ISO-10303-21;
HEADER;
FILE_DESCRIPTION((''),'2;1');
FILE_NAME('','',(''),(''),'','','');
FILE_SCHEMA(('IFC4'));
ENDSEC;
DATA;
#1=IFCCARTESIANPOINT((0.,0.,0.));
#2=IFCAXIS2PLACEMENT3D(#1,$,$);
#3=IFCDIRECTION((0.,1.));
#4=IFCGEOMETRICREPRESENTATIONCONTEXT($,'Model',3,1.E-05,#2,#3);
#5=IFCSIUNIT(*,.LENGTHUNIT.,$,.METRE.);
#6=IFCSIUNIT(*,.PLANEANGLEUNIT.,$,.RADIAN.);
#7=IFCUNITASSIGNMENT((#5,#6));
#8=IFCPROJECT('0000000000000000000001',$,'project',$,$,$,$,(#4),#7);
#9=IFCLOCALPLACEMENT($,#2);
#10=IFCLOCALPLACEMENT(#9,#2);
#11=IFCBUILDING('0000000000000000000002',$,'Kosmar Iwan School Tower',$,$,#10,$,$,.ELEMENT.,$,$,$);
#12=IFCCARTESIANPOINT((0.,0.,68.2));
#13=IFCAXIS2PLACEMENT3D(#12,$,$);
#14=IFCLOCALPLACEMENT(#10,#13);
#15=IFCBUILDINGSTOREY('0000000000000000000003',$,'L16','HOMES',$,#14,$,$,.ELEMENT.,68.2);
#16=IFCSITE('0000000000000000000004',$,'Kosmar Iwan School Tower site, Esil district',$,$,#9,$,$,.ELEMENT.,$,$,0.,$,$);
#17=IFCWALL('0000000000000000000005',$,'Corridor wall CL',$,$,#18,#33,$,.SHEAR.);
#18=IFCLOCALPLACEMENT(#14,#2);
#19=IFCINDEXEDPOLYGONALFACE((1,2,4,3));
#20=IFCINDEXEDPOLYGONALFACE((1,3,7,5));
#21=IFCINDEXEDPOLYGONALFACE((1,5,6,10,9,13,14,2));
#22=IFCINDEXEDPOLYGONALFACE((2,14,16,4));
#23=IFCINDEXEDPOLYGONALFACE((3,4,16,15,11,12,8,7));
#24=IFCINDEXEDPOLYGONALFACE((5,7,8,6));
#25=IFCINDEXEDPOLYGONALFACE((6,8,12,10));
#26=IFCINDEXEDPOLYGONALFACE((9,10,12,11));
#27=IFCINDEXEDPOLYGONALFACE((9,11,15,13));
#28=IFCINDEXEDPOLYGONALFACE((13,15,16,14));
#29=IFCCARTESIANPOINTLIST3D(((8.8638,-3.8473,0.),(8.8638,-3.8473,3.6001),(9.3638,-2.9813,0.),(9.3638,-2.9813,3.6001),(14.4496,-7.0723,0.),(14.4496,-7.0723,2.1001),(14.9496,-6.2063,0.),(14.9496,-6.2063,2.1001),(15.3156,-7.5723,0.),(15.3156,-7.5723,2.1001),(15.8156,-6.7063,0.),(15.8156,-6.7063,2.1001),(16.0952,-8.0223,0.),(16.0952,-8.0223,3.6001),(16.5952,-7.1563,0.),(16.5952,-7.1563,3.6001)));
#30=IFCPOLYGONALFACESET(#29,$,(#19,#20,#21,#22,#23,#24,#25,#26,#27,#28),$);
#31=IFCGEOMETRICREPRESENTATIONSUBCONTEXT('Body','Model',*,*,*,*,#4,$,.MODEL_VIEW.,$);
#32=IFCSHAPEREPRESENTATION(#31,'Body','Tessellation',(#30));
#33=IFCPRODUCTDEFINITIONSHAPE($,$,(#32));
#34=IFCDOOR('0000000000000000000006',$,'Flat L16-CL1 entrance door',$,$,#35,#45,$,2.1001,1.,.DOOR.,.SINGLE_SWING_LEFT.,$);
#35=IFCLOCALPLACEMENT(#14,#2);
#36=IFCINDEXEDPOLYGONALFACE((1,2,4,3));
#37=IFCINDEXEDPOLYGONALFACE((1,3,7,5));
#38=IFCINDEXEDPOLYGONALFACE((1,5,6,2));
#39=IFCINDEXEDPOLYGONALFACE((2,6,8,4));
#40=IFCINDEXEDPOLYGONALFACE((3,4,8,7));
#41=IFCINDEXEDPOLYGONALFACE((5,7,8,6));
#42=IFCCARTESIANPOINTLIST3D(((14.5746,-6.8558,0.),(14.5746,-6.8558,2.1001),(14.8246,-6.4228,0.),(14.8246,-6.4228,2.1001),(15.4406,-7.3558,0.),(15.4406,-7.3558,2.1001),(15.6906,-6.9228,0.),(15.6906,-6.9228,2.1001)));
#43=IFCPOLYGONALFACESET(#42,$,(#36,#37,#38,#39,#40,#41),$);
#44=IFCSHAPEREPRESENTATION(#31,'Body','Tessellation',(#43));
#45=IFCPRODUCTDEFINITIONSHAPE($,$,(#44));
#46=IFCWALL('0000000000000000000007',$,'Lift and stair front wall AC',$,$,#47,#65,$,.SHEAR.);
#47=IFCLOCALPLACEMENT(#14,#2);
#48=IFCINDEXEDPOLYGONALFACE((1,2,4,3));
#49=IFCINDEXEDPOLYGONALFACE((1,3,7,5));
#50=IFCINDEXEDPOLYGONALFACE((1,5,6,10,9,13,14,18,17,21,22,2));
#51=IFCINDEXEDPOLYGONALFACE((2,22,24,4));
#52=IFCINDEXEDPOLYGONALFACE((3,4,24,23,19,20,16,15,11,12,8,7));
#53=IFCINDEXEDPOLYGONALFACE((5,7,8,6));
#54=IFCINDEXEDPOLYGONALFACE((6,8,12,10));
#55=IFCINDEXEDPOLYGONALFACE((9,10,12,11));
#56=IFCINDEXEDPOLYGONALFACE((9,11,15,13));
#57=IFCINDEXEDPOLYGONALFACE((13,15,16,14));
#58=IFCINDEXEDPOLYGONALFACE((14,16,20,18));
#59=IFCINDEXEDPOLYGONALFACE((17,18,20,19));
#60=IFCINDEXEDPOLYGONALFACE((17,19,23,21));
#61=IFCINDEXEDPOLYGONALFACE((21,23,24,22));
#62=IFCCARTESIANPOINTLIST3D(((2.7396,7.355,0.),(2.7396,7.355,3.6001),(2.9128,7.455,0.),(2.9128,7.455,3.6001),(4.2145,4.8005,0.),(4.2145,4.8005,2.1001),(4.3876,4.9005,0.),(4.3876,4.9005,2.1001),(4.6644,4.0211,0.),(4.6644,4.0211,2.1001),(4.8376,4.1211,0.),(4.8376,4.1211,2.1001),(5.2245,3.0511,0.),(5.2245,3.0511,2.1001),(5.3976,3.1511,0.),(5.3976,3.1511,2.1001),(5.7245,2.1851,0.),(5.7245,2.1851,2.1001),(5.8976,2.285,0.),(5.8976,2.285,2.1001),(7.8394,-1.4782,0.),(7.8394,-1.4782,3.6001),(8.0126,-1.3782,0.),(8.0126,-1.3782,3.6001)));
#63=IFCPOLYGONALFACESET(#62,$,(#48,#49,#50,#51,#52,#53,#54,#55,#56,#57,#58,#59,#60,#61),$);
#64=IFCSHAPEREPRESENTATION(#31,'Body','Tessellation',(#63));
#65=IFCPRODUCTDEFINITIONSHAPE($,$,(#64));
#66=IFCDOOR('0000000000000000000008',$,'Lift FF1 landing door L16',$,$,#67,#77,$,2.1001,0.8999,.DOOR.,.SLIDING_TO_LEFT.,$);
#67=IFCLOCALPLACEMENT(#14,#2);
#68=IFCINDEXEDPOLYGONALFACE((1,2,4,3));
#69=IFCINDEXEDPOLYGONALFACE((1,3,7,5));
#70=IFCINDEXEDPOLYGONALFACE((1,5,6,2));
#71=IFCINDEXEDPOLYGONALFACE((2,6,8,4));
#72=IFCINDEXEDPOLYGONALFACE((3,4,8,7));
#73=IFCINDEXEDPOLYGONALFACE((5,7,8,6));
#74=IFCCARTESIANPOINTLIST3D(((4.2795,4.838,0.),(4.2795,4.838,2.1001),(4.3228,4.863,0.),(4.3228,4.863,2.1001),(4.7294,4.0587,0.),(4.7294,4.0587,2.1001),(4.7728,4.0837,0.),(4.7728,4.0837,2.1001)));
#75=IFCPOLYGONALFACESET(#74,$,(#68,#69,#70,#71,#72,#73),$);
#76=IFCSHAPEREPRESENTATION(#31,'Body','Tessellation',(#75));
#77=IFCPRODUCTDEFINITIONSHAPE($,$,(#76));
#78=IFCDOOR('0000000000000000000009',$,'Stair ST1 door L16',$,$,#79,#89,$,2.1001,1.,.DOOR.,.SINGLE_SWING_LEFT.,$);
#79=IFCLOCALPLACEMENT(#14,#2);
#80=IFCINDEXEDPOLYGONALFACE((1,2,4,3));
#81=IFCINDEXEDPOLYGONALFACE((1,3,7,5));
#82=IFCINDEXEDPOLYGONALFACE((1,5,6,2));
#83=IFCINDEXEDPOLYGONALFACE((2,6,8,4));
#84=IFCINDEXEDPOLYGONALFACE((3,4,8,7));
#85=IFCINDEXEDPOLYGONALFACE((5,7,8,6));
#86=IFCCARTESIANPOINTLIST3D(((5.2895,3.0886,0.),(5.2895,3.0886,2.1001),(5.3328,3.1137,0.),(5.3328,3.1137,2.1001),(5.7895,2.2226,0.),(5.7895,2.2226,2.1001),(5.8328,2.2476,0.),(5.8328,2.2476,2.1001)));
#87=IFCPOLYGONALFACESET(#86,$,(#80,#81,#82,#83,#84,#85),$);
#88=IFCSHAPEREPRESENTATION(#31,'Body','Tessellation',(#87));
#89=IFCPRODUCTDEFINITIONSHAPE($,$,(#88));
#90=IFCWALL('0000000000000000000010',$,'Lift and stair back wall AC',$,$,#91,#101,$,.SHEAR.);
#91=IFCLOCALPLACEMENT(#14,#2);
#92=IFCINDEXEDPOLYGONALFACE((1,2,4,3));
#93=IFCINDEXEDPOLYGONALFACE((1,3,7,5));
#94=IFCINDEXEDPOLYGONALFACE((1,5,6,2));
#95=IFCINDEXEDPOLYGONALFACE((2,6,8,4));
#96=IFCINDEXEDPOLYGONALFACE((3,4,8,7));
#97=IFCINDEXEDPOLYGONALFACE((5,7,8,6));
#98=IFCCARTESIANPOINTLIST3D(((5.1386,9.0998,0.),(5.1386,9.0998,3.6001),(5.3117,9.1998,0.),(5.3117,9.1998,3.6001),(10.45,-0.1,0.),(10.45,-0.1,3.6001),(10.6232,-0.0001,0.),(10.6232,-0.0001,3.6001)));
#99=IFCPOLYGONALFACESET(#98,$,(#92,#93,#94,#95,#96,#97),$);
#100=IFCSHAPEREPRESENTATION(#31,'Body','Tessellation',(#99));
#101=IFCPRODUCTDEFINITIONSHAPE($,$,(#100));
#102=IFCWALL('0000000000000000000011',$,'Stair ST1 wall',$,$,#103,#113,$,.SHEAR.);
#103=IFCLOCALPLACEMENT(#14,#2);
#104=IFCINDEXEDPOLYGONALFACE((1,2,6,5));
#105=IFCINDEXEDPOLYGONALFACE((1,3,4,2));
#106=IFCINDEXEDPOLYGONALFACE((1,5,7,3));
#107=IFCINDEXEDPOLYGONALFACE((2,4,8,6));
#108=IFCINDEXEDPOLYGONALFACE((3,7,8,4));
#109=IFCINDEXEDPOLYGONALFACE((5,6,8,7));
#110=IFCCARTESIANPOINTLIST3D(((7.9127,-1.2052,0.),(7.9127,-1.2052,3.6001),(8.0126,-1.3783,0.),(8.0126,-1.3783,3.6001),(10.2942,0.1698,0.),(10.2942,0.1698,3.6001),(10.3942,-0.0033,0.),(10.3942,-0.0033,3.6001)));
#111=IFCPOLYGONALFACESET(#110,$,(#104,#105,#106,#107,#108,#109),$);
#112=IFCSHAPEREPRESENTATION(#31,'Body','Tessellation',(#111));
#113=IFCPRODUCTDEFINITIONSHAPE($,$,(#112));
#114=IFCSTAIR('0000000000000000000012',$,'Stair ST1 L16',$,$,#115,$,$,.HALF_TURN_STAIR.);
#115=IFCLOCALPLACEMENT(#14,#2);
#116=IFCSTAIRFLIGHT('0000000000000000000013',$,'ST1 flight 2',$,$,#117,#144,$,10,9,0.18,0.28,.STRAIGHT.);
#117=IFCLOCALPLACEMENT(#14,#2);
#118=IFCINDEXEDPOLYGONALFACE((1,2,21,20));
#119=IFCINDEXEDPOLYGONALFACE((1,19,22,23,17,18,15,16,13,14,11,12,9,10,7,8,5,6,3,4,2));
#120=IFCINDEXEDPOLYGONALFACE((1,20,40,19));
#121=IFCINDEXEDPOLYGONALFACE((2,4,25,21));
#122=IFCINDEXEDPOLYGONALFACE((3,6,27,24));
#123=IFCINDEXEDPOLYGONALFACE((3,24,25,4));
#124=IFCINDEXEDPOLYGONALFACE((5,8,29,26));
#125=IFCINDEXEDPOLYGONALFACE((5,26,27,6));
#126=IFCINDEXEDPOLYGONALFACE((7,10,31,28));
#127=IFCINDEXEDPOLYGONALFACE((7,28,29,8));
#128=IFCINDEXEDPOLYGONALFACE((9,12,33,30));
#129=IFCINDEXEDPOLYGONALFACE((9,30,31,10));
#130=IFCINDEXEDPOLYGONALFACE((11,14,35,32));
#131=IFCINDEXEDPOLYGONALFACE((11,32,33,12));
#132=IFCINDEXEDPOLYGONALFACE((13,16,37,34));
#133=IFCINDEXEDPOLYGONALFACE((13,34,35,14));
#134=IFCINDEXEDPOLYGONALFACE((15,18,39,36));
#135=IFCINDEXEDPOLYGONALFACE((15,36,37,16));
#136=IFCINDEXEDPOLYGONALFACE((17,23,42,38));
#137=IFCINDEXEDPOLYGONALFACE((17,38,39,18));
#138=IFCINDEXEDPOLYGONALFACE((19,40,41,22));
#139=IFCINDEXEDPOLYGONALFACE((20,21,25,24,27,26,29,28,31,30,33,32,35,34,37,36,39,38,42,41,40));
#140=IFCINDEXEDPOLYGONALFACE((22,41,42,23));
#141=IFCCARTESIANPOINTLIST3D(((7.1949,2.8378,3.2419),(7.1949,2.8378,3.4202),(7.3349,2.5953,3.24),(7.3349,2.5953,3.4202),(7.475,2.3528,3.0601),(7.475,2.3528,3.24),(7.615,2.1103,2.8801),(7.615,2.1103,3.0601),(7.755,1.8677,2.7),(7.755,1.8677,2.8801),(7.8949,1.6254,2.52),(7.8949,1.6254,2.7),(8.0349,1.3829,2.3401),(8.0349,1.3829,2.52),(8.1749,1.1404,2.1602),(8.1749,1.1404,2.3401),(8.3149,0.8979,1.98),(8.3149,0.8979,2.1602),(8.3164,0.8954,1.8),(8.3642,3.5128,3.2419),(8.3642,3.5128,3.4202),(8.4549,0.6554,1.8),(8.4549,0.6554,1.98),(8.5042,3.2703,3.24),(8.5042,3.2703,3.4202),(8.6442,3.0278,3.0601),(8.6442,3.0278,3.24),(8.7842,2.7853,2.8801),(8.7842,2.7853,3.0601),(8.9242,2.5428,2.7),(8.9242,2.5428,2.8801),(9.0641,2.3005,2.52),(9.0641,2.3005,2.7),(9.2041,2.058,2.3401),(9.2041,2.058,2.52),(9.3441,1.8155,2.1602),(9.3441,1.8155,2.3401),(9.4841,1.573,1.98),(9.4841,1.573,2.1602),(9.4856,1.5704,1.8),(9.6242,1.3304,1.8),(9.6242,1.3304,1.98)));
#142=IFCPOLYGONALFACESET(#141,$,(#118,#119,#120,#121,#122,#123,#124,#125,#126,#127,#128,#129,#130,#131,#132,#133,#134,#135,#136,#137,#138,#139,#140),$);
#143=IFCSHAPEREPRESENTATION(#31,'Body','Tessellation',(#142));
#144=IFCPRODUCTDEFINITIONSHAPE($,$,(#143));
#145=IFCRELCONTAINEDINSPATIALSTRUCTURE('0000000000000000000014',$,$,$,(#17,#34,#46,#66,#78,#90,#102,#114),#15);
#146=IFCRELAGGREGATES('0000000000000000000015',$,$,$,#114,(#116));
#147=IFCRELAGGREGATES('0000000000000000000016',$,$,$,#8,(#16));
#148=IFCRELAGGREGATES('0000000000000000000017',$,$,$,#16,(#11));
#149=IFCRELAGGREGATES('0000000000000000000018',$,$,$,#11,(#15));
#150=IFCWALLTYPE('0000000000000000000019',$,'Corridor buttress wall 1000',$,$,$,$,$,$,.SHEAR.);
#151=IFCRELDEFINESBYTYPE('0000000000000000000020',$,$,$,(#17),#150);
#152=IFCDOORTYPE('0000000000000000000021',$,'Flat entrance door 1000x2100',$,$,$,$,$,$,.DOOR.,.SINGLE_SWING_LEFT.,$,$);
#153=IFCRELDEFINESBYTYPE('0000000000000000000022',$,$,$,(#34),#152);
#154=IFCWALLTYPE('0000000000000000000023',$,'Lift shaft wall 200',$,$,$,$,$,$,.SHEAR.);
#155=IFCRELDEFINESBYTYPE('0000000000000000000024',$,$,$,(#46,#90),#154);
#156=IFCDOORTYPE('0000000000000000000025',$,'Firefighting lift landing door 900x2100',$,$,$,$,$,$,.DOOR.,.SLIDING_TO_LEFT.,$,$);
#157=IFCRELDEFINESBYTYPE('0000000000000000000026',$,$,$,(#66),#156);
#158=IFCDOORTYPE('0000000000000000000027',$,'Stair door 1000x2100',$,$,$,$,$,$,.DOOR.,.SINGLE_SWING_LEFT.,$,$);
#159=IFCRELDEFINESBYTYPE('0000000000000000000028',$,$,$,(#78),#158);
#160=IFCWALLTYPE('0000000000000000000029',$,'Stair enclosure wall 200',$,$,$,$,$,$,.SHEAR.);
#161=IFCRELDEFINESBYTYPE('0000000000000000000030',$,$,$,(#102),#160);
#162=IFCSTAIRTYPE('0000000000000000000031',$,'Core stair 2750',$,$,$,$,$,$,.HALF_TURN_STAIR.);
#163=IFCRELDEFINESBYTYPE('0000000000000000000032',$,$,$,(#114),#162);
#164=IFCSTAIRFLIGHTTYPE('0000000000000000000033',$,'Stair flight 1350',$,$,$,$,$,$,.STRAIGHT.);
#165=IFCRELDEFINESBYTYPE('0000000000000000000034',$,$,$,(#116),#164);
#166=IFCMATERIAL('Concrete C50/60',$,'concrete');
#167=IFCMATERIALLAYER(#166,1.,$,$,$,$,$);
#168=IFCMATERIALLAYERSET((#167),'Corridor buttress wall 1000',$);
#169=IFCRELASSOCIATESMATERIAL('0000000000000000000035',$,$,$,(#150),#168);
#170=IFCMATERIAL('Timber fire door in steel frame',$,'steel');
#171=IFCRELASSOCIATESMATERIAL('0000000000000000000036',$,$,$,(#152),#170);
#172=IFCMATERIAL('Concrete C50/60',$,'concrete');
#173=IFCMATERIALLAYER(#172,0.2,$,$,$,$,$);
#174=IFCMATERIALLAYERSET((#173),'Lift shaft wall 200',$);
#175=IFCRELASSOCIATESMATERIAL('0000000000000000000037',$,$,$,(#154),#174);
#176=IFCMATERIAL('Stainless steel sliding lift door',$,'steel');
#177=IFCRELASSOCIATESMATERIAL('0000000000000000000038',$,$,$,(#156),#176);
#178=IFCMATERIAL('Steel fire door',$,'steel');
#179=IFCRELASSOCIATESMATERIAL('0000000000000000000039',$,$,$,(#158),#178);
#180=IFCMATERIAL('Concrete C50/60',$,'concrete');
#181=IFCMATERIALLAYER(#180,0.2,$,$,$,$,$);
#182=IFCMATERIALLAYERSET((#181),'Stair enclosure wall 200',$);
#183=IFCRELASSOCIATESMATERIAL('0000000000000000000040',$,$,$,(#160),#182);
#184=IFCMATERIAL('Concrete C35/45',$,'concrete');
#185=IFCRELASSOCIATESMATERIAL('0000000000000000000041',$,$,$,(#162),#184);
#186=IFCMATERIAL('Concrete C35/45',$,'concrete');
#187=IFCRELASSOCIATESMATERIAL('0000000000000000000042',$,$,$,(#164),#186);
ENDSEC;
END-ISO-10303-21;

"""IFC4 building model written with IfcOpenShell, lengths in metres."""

from ifc_helpers import new_model, si_unit, direction, frame, frame_2d, origin, place, context, subcontext, project, spatial, polyline, rectangle, outline, extrude, material, layer, layer_set, type_object, element, fill, aggregate, save


model = new_model("IFC4")

# Units and contexts
model_context = context("Model", 3, precision=1e-05, world=origin(), true_north=direction((0.0, 1.0)))
body_context = subcontext(model_context, "Body", "Model", "MODEL_VIEW")
ifc_project = project(units=[si_unit("LENGTHUNIT", "METRE"), si_unit("PLANEANGLEUNIT", "RADIAN")], contexts=[model_context])

# Site, building, storey
site_placement = place(None, origin())
site = spatial("IfcSite", under=ifc_project, at=site_placement, Name="Kosmar Iwan School Tower site, Esil district", CompositionType="ELEMENT", RefElevation=0.0)
building_placement = place(site_placement, origin())
building = spatial("IfcBuilding", under=site, at=building_placement, Name="Kosmar Iwan School Tower", CompositionType="ELEMENT")
storey_placement = place(building_placement, frame((0.0, 0.0, 68.2)))
storey = spatial("IfcBuildingStorey", under=building, at=storey_placement, Name="L16", Description="HOMES", CompositionType="ELEMENT", Elevation=68.2)

# Wall, opening, door
ifc_material_1 = material(Name="Concrete C50/60", Category="concrete")
ifc_layer_1 = layer(ifc_material_1, 1.0)
ifc_layer_set_1 = layer_set([ifc_layer_1], Name="Corridor buttress wall 1000")
wall_type_1 = type_object("IfcWallType", Name="Corridor buttress wall 1000", PredefinedType="SHEAR", material=ifc_layer_set_1)
wall_1_placement = place(storey_placement, frame((9.1138, -3.4143, 0.0), z_axis=(0.0, 0.0, 1.0), x_axis=(0.866027, -0.499997, 0.0)))
wall_1 = element("IfcWall", 1, at=wall_1_placement, inside=storey, type_object=wall_type_1, Name="Corridor wall CL", PredefinedType="SHEAR", context=body_context, shape_type="SweptSolid", body=[
    extrude(rectangle(XDim=8.3501, YDim=1.0, at=frame_2d((4.175, 0.0))), origin(), (0.0, 0.0, 1.0), 3.6001),
])
opening_1_placement = place(wall_1_placement, frame((6.45, 0.0, 0.0)))
opening_1 = element("IfcOpeningElement", 2, at=opening_1_placement, cuts=wall_1, PredefinedType="OPENING", context=body_context, shape_type="SweptSolid", body=[
    extrude(rectangle(XDim=1.0, YDim=2.1001, at=frame_2d((0.5, 1.05))), frame((0.0, 0.512, 0.0), z_axis=(0.0, -1.0, 0.0), x_axis=(1.0, 0.0, 0.0)), (0.0, 0.0, 1.0), 1.0239),
])
ifc_material_2 = material(Name="Timber fire door in steel frame", Category="steel")
door_type_1 = type_object("IfcDoorType", Name="Flat entrance door 1000x2100", OperationType="SINGLE_SWING_LEFT", PredefinedType="DOOR", material=ifc_material_2)
door_1_placement = place(opening_1_placement, origin())
door_1 = element("IfcDoor", 3, at=door_1_placement, inside=storey, type_object=door_type_1, Name="Flat L16-CL1 entrance door", OperationType="SINGLE_SWING_LEFT", OverallHeight=2.1001, OverallWidth=1.0, PredefinedType="DOOR", context=body_context, shape_type="SweptSolid", body=[
    extrude(rectangle(XDim=1.0, YDim=2.1001, at=frame_2d((0.5, 1.05))), frame((0.0, 0.25, 0.0), z_axis=(0.0, -1.0, 0.0), x_axis=(1.0, 0.0, 0.0)), (0.0, 0.0, 1.0), 0.5),
])
fill(opening_1, door_1)

# Wall, openings, doors
ifc_material_3 = material(Name="Concrete C50/60", Category="concrete")
ifc_layer_2 = layer(ifc_material_3, 0.2)
ifc_layer_set_2 = layer_set([ifc_layer_2], Name="Lift shaft wall 200")
wall_type_2 = type_object("IfcWallType", Name="Lift shaft wall 200", PredefinedType="SHEAR", material=ifc_layer_set_2)
wall_2_placement = place(storey_placement, frame((7.926, -1.4282, 0.0), z_axis=(0.0, 0.0, 1.0), x_axis=(-0.499998, 0.866027, 0.0)))
wall_2 = element("IfcWall", 4, at=wall_2_placement, inside=storey, type_object=wall_type_2, Name="Lift and stair front wall AC", PredefinedType="SHEAR", context=body_context, shape_type="SweptSolid", body=[
    extrude(rectangle(XDim=10.1997, YDim=0.2, at=frame_2d((5.0999, 0.0))), origin(), (0.0, 0.0, 1.0), 3.6001),
])
opening_2_placement = place(wall_2_placement, frame((6.3501, 0.0, 0.0)))
opening_2 = element("IfcOpeningElement", 5, at=opening_2_placement, cuts=wall_2, PredefinedType="OPENING", context=body_context, shape_type="SweptSolid", body=[
    extrude(rectangle(XDim=0.8999, YDim=2.1001, at=frame_2d((0.45, 1.05))), frame((0.0, 0.1121, 0.0), z_axis=(0.0, -1.0, 0.0), x_axis=(1.0, 0.0, 0.0)), (0.0, 0.0, 1.0), 0.2239),
])
opening_3_placement = place(wall_2_placement, frame((4.23, 0.0, 0.0)))
opening_3 = element("IfcOpeningElement", 6, at=opening_3_placement, cuts=wall_2, PredefinedType="OPENING", context=body_context, shape_type="SweptSolid", body=[
    extrude(rectangle(XDim=1.0, YDim=2.1001, at=frame_2d((0.5, 1.05))), frame((0.0, 0.1121, 0.0), z_axis=(0.0, -1.0, 0.0), x_axis=(1.0, 0.0, 0.0)), (0.0, 0.0, 1.0), 0.2239),
])
ifc_material_4 = material(Name="Stainless steel sliding lift door", Category="steel")
door_type_2 = type_object("IfcDoorType", Name="Firefighting lift landing door 900x2100", OperationType="SLIDING_TO_LEFT", PredefinedType="DOOR", material=ifc_material_4)
door_2_placement = place(opening_2_placement, origin())
door_2 = element("IfcDoor", 7, at=door_2_placement, inside=storey, type_object=door_type_2, Name="Lift FF1 landing door L16", OperationType="SLIDING_TO_LEFT", OverallHeight=2.1001, OverallWidth=0.8999, PredefinedType="DOOR", context=body_context, shape_type="SweptSolid", body=[
    extrude(rectangle(XDim=0.8999, YDim=2.1001, at=frame_2d((0.45, 1.05))), frame((0.0, 0.0249, 0.0), z_axis=(0.0, -1.0, 0.0), x_axis=(1.0, 0.0, 0.0)), (0.0, 0.0, 1.0), 0.05),
])
fill(opening_2, door_2)
ifc_material_5 = material(Name="Steel fire door", Category="steel")
door_type_3 = type_object("IfcDoorType", Name="Stair door 1000x2100", OperationType="SINGLE_SWING_LEFT", PredefinedType="DOOR", material=ifc_material_5)
door_3_placement = place(opening_3_placement, origin())
door_3 = element("IfcDoor", 8, at=door_3_placement, inside=storey, type_object=door_type_3, Name="Stair ST1 door L16", OperationType="SINGLE_SWING_LEFT", OverallHeight=2.1001, OverallWidth=1.0, PredefinedType="DOOR", context=body_context, shape_type="SweptSolid", body=[
    extrude(rectangle(XDim=1.0, YDim=2.1001, at=frame_2d((0.5, 1.05))), frame((0.0, 0.0249, 0.0), z_axis=(0.0, -1.0, 0.0), x_axis=(1.0, 0.0, 0.0)), (0.0, 0.0, 1.0), 0.05),
])
fill(opening_3, door_3)

# Walls
wall_3_placement = place(storey_placement, frame((10.5366, -0.05, 0.0), z_axis=(0.0, 0.0, 1.0), x_axis=(-0.499995, 0.866028, 0.0)))
element("IfcWall", 9, at=wall_3_placement, inside=storey, type_object=wall_type_2, Name="Lift and stair back wall AC", PredefinedType="SHEAR", context=body_context, shape_type="SweptSolid", body=[
    extrude(rectangle(XDim=10.623, YDim=0.2, at=frame_2d((5.3115, 0.0))), origin(), (0.0, 0.0, 1.0), 3.6001),
])
ifc_material_6 = material(Name="Concrete C50/60", Category="concrete")
ifc_layer_3 = layer(ifc_material_6, 0.2)
ifc_layer_set_3 = layer_set([ifc_layer_3], Name="Stair enclosure wall 200")
wall_type_3 = type_object("IfcWallType", Name="Stair enclosure wall 200", PredefinedType="SHEAR", material=ifc_layer_set_3)
wall_4_placement = place(storey_placement, frame((7.9626, -1.2917, 0.0), z_axis=(0.0, 0.0, 1.0), x_axis=(0.866027, 0.499997, 0.0)))
element("IfcWall", 10, at=wall_4_placement, inside=storey, type_object=wall_type_3, Name="Stair ST1 wall", PredefinedType="SHEAR", context=body_context, shape_type="SweptSolid", body=[
    extrude(rectangle(XDim=2.75, YDim=0.2, at=frame_2d((1.375, 0.0))), origin(), (0.0, 0.0, 1.0), 3.6001),
])

# Stair, stair flight
ifc_material_7 = material(Name="Concrete C35/45", Category="concrete")
stair_type = type_object("IfcStairType", Name="Core stair 2750", PredefinedType="HALF_TURN_STAIR", material=ifc_material_7)
stair_placement = place(storey_placement, origin())
stair = element("IfcStair", 11, at=stair_placement, inside=storey, type_object=stair_type, Name="Stair ST1 L16", PredefinedType="HALF_TURN_STAIR")
ifc_material_8 = material(Name="Concrete C35/45", Category="concrete")
stair_flight_type = type_object("IfcStairFlightType", Name="Stair flight 1350", PredefinedType="STRAIGHT", material=ifc_material_8)
stair_flight_placement = place(storey_placement, frame((9.0396, 0.9929, 1.8), z_axis=(0.0, 0.0, 1.0), x_axis=(-0.5, 0.866025, 0.0)))
stair_flight = element("IfcStairFlight", 12, at=stair_flight_placement, type_object=stair_flight_type, Name="ST1 flight 2", NumberOfRisers=10, NumberOfTreads=9, PredefinedType="STRAIGHT", RiserHeight=0.18, TreadLength=0.28, context=body_context, shape_type="SweptSolid", body=[
    extrude(outline(polyline([(0.0, 0.0), (0.0, 0.1799), (0.28, 0.1799), (0.28, 0.3601), (0.5601, 0.3601), (0.5601, 0.54), (0.8401, 0.54), (0.8401, 0.72), (1.1201, 0.72), (1.1201, 0.8999), (1.3999, 0.8999), (1.3999, 1.0801), (1.6799, 1.0801), (1.6799, 1.26), (1.96, 1.26), (1.96, 1.4399), (2.24, 1.4399), (2.24, 1.6201), (2.52, 1.6201), (2.52, 1.8), (2.52, 1.4419), (0.2771, 0.0), (0.0, 0.0)])), frame((0.0, 0.675, 0.0), z_axis=(0.0, -1.0, 0.0), x_axis=(1.0, 0.0, 0.0)), (0.0, 0.0, 1.0), 1.3501),
])
aggregate(stair, [stair_flight])

save(model, "model.ifc")
